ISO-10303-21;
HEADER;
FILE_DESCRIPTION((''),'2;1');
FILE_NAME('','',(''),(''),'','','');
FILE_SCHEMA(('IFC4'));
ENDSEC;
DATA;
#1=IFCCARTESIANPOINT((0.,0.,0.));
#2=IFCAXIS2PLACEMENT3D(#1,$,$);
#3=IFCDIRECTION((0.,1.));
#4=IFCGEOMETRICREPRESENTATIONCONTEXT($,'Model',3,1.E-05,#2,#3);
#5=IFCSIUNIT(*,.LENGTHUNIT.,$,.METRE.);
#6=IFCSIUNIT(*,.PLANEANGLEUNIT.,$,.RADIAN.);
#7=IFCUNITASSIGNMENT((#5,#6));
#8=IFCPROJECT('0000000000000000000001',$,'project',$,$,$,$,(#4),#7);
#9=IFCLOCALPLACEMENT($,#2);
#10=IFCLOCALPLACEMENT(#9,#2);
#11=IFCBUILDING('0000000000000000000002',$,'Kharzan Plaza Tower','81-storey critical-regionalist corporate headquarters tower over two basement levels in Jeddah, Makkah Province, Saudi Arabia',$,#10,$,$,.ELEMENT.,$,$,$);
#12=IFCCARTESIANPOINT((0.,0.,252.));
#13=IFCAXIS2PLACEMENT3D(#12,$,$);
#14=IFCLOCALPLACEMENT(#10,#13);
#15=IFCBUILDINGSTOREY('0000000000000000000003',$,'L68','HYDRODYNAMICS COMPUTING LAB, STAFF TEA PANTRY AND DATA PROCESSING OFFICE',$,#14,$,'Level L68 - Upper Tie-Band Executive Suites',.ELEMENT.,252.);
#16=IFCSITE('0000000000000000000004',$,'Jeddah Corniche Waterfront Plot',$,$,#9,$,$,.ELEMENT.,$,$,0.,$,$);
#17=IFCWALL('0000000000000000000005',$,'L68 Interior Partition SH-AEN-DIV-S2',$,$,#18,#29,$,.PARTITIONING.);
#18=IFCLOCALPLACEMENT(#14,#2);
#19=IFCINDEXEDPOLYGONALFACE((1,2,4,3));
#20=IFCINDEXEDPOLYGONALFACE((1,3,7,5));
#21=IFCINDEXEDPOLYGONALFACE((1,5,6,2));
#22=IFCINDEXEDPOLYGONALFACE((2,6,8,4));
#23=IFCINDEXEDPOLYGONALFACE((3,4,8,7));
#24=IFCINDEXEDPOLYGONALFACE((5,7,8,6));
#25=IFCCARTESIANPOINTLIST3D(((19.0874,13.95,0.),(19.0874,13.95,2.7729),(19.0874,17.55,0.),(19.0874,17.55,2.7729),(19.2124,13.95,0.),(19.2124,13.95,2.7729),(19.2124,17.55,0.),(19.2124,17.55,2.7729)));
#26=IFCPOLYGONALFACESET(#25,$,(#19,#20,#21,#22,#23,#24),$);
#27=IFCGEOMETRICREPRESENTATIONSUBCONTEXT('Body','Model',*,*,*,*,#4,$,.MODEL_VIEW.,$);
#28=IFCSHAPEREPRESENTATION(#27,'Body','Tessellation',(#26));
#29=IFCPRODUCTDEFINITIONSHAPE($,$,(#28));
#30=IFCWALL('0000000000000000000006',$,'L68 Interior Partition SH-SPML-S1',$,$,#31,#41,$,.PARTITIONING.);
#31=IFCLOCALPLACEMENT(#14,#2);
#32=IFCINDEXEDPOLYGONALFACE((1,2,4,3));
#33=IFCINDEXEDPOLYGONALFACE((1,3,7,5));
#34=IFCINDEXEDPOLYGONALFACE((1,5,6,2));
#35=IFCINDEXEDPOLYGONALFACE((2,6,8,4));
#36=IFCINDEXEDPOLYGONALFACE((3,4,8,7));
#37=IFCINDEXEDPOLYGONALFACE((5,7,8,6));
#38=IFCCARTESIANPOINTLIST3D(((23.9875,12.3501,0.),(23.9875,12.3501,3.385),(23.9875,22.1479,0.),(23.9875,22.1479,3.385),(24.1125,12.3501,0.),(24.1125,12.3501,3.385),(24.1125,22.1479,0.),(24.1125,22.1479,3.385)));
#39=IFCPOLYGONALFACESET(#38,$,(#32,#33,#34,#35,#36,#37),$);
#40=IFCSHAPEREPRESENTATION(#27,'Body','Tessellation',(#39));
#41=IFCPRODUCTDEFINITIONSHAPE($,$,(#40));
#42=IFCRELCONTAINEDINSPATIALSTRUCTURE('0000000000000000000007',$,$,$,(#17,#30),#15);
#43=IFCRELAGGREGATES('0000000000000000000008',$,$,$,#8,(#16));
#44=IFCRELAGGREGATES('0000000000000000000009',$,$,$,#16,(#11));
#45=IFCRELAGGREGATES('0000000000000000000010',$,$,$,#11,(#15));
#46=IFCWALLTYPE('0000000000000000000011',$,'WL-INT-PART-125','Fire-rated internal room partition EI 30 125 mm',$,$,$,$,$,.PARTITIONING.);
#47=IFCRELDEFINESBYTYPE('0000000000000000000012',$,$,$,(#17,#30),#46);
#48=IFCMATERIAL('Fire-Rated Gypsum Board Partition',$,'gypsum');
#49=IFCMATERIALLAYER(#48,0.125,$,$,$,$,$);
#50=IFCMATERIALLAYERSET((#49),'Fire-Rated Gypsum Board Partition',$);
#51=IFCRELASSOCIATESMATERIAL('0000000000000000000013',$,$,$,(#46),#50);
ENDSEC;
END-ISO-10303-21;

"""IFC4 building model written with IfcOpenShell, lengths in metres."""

from ifc_helpers import new_model, si_unit, direction, frame, frame_2d, origin, place, context, subcontext, project, spatial, rectangle, extrude, source, transform, mapped, material, layer, layer_set, type_object, element, save


model = new_model("IFC4")

# Units and contexts
model_context = context("Model", 3, precision=1e-05, world=origin(), true_north=direction((0.0, 1.0)))
body_context = subcontext(model_context, "Body", "Model", "MODEL_VIEW")
ifc_project = project(units=[si_unit("LENGTHUNIT", "METRE"), si_unit("PLANEANGLEUNIT", "RADIAN")], contexts=[model_context])

# Site, building, storey
site_placement = place(None, origin())
site = spatial("IfcSite", under=ifc_project, at=site_placement, Name="Jeddah Corniche Waterfront Plot", CompositionType="ELEMENT", RefElevation=0.0)
building_placement = place(site_placement, origin())
building = spatial("IfcBuilding", under=site, at=building_placement, Name="Kharzan Plaza Tower", Description="81-storey critical-regionalist corporate headquarters tower over two basement levels in Jeddah, Makkah Province, Saudi Arabia", CompositionType="ELEMENT")
storey_placement = place(building_placement, frame((0.0, 0.0, 252.0)))
storey = spatial("IfcBuildingStorey", under=building, at=storey_placement, Name="L68", Description="HYDRODYNAMICS COMPUTING LAB, STAFF TEA PANTRY AND DATA PROCESSING OFFICE", LongName="Level L68 - Upper Tie-Band Executive Suites", CompositionType="ELEMENT", Elevation=252.0)

# Shared definitions
ifc_material_1 = material(Name="Fire-Rated Gypsum Board Partition", Category="gypsum")
ifc_layer = layer(ifc_material_1, 0.125)
ifc_layer_set = layer_set([ifc_layer], Name="Fire-Rated Gypsum Board Partition")
wall_type = type_object("IfcWallType", Name="WL-INT-PART-125", Description="Fire-rated internal room partition EI 30 125 mm", PredefinedType="PARTITIONING", material=ifc_layer_set)

# Walls
shared_shape_1 = source(origin(), body_context, "Body", "SweptSolid", [
    extrude(rectangle(XDim=3.6001, YDim=0.125, at=frame_2d((1.8, 0.0))), origin(), (0.0, 0.0, 1.0), 2.7729),
])
wall_1_placement = place(storey_placement, frame((19.1499, 13.95, 0.0), z_axis=(0.0, 0.0, 1.0), x_axis=(0.0, 1.0, 0.0)))
element("IfcWall", 1, at=wall_1_placement, inside=storey, type_object=wall_type, Name="L68 Interior Partition SH-AEN-DIV-S2", PredefinedType="PARTITIONING", context=body_context, shape_type="MappedRepresentation", body=[
    mapped(shared_shape_1, transform((0.0, 0.0, 0.0), x_axis=(1.0, 0.0, 0.0), y_axis=(0.0, 1.0, 0.0), z_axis=(0.0, 0.0, 1.0))),
])
shared_shape_2 = source(origin(), body_context, "Body", "SweptSolid", [
    extrude(rectangle(XDim=9.7979, YDim=0.125, at=frame_2d((4.8989, 0.0))), origin(), (0.0, 0.0, 1.0), 3.385),
])
wall_2_placement = place(storey_placement, frame((24.05, 12.3501, 0.0), z_axis=(0.0, 0.0, 1.0), x_axis=(0.0, 1.0, 0.0)))
element("IfcWall", 2, at=wall_2_placement, inside=storey, type_object=wall_type, Name="L68 Interior Partition SH-SPML-S1", PredefinedType="PARTITIONING", context=body_context, shape_type="MappedRepresentation", body=[
    mapped(shared_shape_2, transform((0.0, 0.0, 0.0), x_axis=(1.0, 0.0, 0.0), y_axis=(0.0, 1.0, 0.0), z_axis=(0.0, 0.0, 1.0))),
])

save(model, "model.ifc")
